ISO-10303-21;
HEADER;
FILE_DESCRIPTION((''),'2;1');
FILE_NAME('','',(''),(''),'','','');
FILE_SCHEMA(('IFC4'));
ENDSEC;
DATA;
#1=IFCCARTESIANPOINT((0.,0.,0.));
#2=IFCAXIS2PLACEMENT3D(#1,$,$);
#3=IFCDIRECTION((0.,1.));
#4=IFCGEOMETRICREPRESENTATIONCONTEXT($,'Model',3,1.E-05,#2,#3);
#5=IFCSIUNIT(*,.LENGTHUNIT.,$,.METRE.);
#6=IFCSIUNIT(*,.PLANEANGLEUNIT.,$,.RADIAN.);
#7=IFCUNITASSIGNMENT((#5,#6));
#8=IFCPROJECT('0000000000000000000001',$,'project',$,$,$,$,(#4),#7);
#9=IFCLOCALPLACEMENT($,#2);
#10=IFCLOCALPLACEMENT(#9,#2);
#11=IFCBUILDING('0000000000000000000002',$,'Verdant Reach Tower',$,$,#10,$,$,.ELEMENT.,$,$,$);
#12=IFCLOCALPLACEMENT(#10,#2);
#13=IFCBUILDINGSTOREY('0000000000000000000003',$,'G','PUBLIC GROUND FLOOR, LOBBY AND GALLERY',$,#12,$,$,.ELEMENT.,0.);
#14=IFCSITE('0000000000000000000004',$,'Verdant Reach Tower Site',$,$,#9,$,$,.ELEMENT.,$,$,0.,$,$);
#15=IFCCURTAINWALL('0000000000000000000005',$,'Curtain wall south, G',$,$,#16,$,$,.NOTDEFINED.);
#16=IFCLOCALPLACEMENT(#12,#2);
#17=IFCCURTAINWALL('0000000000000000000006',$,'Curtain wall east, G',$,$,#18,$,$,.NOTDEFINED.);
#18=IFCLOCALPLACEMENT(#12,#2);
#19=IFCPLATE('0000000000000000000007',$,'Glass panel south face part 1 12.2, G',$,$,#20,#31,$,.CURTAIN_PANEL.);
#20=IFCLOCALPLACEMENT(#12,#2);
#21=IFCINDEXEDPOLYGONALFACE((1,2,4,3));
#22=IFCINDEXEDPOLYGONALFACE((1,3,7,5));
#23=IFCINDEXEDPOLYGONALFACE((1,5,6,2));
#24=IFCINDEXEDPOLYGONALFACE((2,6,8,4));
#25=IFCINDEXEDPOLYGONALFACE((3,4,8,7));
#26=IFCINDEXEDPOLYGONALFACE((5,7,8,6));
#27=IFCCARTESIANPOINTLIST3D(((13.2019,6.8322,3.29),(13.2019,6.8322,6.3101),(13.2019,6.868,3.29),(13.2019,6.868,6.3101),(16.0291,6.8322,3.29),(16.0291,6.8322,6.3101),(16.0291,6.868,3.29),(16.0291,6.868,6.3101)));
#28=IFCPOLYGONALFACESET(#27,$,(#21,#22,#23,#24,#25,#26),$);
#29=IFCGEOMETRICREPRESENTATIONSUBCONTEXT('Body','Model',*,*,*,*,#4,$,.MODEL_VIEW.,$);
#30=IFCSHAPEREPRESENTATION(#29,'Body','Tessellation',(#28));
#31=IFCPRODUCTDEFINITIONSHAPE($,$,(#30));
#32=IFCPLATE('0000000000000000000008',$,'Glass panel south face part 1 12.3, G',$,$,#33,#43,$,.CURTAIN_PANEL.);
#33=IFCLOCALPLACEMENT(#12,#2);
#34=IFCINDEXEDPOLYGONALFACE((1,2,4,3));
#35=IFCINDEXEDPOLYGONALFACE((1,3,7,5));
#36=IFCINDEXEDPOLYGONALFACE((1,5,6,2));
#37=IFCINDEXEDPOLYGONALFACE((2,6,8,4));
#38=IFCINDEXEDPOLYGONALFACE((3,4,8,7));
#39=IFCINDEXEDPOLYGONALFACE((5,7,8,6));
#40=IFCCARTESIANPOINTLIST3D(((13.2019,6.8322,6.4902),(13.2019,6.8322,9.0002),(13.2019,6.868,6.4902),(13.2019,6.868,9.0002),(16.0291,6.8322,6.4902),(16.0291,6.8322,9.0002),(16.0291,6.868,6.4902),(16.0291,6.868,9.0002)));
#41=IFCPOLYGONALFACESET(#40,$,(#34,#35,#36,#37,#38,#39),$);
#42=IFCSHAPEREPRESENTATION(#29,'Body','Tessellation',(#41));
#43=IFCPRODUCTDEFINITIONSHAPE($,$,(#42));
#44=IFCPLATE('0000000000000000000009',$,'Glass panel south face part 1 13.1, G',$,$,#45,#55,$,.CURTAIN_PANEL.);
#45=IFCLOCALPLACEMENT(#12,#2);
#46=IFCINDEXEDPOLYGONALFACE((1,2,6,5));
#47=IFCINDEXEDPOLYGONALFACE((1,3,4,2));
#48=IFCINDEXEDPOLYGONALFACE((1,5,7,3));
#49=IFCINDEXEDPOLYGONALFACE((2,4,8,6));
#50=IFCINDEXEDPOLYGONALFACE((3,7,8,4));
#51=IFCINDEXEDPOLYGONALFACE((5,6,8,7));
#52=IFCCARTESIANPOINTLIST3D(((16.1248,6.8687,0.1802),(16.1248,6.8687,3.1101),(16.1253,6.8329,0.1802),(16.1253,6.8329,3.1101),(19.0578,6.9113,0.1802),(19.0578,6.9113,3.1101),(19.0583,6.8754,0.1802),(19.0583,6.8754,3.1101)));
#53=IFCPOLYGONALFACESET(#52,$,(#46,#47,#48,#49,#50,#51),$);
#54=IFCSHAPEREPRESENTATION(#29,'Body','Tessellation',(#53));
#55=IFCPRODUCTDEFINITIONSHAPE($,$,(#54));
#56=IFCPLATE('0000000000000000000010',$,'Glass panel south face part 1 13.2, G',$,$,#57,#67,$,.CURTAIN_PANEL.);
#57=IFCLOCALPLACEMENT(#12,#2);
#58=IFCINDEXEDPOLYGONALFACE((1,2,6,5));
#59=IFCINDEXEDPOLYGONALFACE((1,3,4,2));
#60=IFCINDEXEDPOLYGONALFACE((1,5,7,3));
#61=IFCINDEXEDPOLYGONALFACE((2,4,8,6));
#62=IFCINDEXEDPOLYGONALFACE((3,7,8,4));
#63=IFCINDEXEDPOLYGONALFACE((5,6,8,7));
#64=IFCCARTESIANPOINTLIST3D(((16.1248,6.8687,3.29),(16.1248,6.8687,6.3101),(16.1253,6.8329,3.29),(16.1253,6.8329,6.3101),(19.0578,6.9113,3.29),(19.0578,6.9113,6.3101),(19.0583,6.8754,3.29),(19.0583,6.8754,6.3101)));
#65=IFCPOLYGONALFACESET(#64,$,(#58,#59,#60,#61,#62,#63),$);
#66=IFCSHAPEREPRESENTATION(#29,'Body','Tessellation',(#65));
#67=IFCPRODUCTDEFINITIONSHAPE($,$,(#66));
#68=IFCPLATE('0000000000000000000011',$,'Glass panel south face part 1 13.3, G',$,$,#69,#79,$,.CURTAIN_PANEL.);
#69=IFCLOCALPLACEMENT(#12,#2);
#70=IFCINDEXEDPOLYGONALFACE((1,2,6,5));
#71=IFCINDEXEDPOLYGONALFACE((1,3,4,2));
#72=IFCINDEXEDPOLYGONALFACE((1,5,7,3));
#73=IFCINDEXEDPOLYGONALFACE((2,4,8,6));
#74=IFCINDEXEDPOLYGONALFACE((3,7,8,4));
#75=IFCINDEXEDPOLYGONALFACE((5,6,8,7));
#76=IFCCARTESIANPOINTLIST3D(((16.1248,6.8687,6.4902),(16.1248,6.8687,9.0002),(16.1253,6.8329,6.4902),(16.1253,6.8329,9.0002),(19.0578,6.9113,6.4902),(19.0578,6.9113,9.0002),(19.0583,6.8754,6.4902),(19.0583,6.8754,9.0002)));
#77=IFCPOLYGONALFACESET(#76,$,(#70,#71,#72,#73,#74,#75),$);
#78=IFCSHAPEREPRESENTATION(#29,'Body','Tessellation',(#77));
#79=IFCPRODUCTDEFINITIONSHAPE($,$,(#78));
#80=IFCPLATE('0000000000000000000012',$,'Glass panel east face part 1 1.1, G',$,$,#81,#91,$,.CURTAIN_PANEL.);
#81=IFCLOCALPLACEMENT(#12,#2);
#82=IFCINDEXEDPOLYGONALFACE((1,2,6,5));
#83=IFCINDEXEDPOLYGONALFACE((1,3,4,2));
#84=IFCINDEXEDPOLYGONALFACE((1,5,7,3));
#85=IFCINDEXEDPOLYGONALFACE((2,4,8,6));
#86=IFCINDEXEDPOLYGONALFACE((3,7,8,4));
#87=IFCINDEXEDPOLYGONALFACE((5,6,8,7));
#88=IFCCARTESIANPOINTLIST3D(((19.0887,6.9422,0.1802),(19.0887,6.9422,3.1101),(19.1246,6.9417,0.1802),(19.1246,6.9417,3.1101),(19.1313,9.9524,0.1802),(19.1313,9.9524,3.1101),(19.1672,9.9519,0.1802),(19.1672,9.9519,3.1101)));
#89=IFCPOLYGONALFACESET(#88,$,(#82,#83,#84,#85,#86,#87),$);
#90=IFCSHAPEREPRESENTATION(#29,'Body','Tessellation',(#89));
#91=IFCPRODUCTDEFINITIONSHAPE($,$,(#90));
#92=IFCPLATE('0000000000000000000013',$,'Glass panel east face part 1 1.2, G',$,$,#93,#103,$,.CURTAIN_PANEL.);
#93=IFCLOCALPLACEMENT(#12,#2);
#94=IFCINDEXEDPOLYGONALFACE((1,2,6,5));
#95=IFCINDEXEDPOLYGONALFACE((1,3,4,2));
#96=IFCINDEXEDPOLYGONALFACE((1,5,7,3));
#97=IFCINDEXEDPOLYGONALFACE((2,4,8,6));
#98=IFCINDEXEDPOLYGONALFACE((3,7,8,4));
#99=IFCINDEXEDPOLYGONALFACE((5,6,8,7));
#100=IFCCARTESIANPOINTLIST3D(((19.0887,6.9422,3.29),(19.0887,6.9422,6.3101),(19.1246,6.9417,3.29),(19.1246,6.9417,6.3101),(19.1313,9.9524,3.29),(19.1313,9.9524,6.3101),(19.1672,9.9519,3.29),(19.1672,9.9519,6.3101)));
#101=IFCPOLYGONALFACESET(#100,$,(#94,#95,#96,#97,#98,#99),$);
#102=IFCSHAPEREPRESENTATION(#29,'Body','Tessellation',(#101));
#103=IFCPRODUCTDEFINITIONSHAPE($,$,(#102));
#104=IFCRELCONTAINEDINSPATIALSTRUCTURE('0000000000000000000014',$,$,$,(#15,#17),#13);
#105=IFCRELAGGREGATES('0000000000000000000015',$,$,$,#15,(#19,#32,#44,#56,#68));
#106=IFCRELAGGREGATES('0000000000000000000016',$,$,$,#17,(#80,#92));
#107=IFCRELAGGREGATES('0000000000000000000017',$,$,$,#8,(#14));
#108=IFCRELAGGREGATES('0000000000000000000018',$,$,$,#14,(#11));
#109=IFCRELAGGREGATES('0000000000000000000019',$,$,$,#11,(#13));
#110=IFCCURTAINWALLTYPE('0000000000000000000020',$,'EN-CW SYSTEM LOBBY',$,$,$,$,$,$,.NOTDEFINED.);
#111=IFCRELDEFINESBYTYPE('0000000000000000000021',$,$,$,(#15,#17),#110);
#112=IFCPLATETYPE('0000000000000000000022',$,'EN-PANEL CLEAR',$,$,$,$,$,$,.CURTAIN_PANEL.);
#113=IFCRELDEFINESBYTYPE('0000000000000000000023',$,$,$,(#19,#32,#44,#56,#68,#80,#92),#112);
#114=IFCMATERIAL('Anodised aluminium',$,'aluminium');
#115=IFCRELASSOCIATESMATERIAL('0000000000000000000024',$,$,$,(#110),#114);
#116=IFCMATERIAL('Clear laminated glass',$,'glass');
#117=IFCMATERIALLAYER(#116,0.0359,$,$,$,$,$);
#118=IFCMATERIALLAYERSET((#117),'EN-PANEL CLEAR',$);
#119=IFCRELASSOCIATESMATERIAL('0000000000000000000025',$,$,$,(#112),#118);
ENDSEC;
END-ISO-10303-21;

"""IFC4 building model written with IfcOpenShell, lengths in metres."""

from ifc_helpers import new_model, si_unit, direction, frame, origin, origin_2d, place, context, subcontext, project, spatial, rectangle, extrude, material, layer, layer_set, type_object, element, aggregate, save


model = new_model("IFC4")

# Units and contexts
model_context = context("Model", 3, precision=1e-05, world=origin(), true_north=direction((0.0, 1.0)))
body_context = subcontext(model_context, "Body", "Model", "MODEL_VIEW")
ifc_project = project(units=[si_unit("LENGTHUNIT", "METRE"), si_unit("PLANEANGLEUNIT", "RADIAN")], contexts=[model_context])

# Site, building, storey
site_placement = place(None, origin())
site = spatial("IfcSite", under=ifc_project, at=site_placement, Name="Verdant Reach Tower Site", CompositionType="ELEMENT", RefElevation=0.0)
building_placement = place(site_placement, origin())
building = spatial("IfcBuilding", under=site, at=building_placement, Name="Verdant Reach Tower", CompositionType="ELEMENT")
storey_placement = place(building_placement, origin())
storey = spatial("IfcBuildingStorey", under=building, at=storey_placement, Name="G", Description="PUBLIC GROUND FLOOR, LOBBY AND GALLERY", CompositionType="ELEMENT", Elevation=0.0)

# Curtain walls
ifc_material_1 = material(Name="Anodised aluminium", Category="aluminium")
curtain_wall_type = type_object("IfcCurtainWallType", Name="EN-CW SYSTEM LOBBY", PredefinedType="NOTDEFINED", material=ifc_material_1)
curtain_wall_1_placement = place(storey_placement, origin())
curtain_wall_1 = element("IfcCurtainWall", 1, at=curtain_wall_1_placement, inside=storey, type_object=curtain_wall_type, Name="Curtain wall south, G", PredefinedType="NOTDEFINED")
curtain_wall_2_placement = place(storey_placement, origin())
curtain_wall_2 = element("IfcCurtainWall", 2, at=curtain_wall_2_placement, inside=storey, type_object=curtain_wall_type, Name="Curtain wall east, G", PredefinedType="NOTDEFINED")

# Plates
ifc_material_2 = material(Name="Clear laminated glass", Category="glass")
ifc_layer = layer(ifc_material_2, 0.0359)
ifc_layer_set = layer_set([ifc_layer], Name="EN-PANEL CLEAR")
plate_type = type_object("IfcPlateType", Name="EN-PANEL CLEAR", PredefinedType="CURTAIN_PANEL", material=ifc_layer_set)
plate_1_placement = place(storey_placement, frame((14.6155, 6.8501, 3.29), z_axis=(0.0, 0.0, 1.0), x_axis=(1.0, 0.0, 0.0)))
plate_1 = element("IfcPlate", 3, at=plate_1_placement, type_object=plate_type, Name="Glass panel south face part 1 12.2, G", PredefinedType="CURTAIN_PANEL", context=body_context, shape_type="SweptSolid", body=[
    extrude(rectangle(XDim=2.8271, YDim=0.0359, at=origin_2d()), origin(), (0.0, 0.0, 1.0), 3.02),
])
plate_2_placement = place(storey_placement, frame((14.6155, 6.8501, 6.4902), z_axis=(0.0, 0.0, 1.0), x_axis=(1.0, 0.0, 0.0)))
plate_2 = element("IfcPlate", 4, at=plate_2_placement, type_object=plate_type, Name="Glass panel south face part 1 12.3, G", PredefinedType="CURTAIN_PANEL", context=body_context, shape_type="SweptSolid", body=[
    extrude(rectangle(XDim=2.8271, YDim=0.0359, at=origin_2d()), origin(), (0.0, 0.0, 1.0), 2.51),
])
plate_3_placement = place(storey_placement, frame((17.5916, 6.8721, 0.1802), z_axis=(0.0, 0.0, 1.0), x_axis=(0.999895, 0.014502, 0.0)))
plate_3 = element("IfcPlate", 5, at=plate_3_placement, type_object=plate_type, Name="Glass panel south face part 1 13.1, G", PredefinedType="CURTAIN_PANEL", context=body_context, shape_type="SweptSolid", body=[
    extrude(rectangle(XDim=2.9333, YDim=0.0359, at=origin_2d()), origin(), (0.0, 0.0, 1.0), 2.9299),
])
plate_4_placement = place(storey_placement, frame((17.5916, 6.8721, 3.29), z_axis=(0.0, 0.0, 1.0), x_axis=(0.999895, 0.014502, 0.0)))
plate_4 = element("IfcPlate", 6, at=plate_4_placement, type_object=plate_type, Name="Glass panel south face part 1 13.2, G", PredefinedType="CURTAIN_PANEL", context=body_context, shape_type="SweptSolid", body=[
    extrude(rectangle(XDim=2.9333, YDim=0.0359, at=origin_2d()), origin(), (0.0, 0.0, 1.0), 3.02),
])
plate_5_placement = place(storey_placement, frame((17.5916, 6.8721, 6.4902), z_axis=(0.0, 0.0, 1.0), x_axis=(0.999895, 0.014502, 0.0)))
plate_5 = element("IfcPlate", 7, at=plate_5_placement, type_object=plate_type, Name="Glass panel south face part 1 13.3, G", PredefinedType="CURTAIN_PANEL", context=body_context, shape_type="SweptSolid", body=[
    extrude(rectangle(XDim=2.9333, YDim=0.0359, at=origin_2d()), origin(), (0.0, 0.0, 1.0), 2.51),
])
aggregate(curtain_wall_1, [plate_1, plate_2, plate_3, plate_4, plate_5])
plate_6_placement = place(storey_placement, frame((19.1279, 8.447, 0.1802), z_axis=(0.0, 0.0, 1.0), x_axis=(0.014143, 0.9999, 0.0)))
plate_6 = element("IfcPlate", 8, at=plate_6_placement, type_object=plate_type, Name="Glass panel east face part 1 1.1, G", PredefinedType="CURTAIN_PANEL", context=body_context, shape_type="SweptSolid", body=[
    extrude(rectangle(XDim=3.0105, YDim=0.0359, at=origin_2d()), origin(), (0.0, 0.0, 1.0), 2.9299),
])
plate_7_placement = place(storey_placement, frame((19.1279, 8.447, 3.29), z_axis=(0.0, 0.0, 1.0), x_axis=(0.014143, 0.9999, 0.0)))
plate_7 = element("IfcPlate", 9, at=plate_7_placement, type_object=plate_type, Name="Glass panel east face part 1 1.2, G", PredefinedType="CURTAIN_PANEL", context=body_context, shape_type="SweptSolid", body=[
    extrude(rectangle(XDim=3.0105, YDim=0.0359, at=origin_2d()), origin(), (0.0, 0.0, 1.0), 3.02),
])
aggregate(curtain_wall_2, [plate_6, plate_7])

save(model, "model.ifc")
